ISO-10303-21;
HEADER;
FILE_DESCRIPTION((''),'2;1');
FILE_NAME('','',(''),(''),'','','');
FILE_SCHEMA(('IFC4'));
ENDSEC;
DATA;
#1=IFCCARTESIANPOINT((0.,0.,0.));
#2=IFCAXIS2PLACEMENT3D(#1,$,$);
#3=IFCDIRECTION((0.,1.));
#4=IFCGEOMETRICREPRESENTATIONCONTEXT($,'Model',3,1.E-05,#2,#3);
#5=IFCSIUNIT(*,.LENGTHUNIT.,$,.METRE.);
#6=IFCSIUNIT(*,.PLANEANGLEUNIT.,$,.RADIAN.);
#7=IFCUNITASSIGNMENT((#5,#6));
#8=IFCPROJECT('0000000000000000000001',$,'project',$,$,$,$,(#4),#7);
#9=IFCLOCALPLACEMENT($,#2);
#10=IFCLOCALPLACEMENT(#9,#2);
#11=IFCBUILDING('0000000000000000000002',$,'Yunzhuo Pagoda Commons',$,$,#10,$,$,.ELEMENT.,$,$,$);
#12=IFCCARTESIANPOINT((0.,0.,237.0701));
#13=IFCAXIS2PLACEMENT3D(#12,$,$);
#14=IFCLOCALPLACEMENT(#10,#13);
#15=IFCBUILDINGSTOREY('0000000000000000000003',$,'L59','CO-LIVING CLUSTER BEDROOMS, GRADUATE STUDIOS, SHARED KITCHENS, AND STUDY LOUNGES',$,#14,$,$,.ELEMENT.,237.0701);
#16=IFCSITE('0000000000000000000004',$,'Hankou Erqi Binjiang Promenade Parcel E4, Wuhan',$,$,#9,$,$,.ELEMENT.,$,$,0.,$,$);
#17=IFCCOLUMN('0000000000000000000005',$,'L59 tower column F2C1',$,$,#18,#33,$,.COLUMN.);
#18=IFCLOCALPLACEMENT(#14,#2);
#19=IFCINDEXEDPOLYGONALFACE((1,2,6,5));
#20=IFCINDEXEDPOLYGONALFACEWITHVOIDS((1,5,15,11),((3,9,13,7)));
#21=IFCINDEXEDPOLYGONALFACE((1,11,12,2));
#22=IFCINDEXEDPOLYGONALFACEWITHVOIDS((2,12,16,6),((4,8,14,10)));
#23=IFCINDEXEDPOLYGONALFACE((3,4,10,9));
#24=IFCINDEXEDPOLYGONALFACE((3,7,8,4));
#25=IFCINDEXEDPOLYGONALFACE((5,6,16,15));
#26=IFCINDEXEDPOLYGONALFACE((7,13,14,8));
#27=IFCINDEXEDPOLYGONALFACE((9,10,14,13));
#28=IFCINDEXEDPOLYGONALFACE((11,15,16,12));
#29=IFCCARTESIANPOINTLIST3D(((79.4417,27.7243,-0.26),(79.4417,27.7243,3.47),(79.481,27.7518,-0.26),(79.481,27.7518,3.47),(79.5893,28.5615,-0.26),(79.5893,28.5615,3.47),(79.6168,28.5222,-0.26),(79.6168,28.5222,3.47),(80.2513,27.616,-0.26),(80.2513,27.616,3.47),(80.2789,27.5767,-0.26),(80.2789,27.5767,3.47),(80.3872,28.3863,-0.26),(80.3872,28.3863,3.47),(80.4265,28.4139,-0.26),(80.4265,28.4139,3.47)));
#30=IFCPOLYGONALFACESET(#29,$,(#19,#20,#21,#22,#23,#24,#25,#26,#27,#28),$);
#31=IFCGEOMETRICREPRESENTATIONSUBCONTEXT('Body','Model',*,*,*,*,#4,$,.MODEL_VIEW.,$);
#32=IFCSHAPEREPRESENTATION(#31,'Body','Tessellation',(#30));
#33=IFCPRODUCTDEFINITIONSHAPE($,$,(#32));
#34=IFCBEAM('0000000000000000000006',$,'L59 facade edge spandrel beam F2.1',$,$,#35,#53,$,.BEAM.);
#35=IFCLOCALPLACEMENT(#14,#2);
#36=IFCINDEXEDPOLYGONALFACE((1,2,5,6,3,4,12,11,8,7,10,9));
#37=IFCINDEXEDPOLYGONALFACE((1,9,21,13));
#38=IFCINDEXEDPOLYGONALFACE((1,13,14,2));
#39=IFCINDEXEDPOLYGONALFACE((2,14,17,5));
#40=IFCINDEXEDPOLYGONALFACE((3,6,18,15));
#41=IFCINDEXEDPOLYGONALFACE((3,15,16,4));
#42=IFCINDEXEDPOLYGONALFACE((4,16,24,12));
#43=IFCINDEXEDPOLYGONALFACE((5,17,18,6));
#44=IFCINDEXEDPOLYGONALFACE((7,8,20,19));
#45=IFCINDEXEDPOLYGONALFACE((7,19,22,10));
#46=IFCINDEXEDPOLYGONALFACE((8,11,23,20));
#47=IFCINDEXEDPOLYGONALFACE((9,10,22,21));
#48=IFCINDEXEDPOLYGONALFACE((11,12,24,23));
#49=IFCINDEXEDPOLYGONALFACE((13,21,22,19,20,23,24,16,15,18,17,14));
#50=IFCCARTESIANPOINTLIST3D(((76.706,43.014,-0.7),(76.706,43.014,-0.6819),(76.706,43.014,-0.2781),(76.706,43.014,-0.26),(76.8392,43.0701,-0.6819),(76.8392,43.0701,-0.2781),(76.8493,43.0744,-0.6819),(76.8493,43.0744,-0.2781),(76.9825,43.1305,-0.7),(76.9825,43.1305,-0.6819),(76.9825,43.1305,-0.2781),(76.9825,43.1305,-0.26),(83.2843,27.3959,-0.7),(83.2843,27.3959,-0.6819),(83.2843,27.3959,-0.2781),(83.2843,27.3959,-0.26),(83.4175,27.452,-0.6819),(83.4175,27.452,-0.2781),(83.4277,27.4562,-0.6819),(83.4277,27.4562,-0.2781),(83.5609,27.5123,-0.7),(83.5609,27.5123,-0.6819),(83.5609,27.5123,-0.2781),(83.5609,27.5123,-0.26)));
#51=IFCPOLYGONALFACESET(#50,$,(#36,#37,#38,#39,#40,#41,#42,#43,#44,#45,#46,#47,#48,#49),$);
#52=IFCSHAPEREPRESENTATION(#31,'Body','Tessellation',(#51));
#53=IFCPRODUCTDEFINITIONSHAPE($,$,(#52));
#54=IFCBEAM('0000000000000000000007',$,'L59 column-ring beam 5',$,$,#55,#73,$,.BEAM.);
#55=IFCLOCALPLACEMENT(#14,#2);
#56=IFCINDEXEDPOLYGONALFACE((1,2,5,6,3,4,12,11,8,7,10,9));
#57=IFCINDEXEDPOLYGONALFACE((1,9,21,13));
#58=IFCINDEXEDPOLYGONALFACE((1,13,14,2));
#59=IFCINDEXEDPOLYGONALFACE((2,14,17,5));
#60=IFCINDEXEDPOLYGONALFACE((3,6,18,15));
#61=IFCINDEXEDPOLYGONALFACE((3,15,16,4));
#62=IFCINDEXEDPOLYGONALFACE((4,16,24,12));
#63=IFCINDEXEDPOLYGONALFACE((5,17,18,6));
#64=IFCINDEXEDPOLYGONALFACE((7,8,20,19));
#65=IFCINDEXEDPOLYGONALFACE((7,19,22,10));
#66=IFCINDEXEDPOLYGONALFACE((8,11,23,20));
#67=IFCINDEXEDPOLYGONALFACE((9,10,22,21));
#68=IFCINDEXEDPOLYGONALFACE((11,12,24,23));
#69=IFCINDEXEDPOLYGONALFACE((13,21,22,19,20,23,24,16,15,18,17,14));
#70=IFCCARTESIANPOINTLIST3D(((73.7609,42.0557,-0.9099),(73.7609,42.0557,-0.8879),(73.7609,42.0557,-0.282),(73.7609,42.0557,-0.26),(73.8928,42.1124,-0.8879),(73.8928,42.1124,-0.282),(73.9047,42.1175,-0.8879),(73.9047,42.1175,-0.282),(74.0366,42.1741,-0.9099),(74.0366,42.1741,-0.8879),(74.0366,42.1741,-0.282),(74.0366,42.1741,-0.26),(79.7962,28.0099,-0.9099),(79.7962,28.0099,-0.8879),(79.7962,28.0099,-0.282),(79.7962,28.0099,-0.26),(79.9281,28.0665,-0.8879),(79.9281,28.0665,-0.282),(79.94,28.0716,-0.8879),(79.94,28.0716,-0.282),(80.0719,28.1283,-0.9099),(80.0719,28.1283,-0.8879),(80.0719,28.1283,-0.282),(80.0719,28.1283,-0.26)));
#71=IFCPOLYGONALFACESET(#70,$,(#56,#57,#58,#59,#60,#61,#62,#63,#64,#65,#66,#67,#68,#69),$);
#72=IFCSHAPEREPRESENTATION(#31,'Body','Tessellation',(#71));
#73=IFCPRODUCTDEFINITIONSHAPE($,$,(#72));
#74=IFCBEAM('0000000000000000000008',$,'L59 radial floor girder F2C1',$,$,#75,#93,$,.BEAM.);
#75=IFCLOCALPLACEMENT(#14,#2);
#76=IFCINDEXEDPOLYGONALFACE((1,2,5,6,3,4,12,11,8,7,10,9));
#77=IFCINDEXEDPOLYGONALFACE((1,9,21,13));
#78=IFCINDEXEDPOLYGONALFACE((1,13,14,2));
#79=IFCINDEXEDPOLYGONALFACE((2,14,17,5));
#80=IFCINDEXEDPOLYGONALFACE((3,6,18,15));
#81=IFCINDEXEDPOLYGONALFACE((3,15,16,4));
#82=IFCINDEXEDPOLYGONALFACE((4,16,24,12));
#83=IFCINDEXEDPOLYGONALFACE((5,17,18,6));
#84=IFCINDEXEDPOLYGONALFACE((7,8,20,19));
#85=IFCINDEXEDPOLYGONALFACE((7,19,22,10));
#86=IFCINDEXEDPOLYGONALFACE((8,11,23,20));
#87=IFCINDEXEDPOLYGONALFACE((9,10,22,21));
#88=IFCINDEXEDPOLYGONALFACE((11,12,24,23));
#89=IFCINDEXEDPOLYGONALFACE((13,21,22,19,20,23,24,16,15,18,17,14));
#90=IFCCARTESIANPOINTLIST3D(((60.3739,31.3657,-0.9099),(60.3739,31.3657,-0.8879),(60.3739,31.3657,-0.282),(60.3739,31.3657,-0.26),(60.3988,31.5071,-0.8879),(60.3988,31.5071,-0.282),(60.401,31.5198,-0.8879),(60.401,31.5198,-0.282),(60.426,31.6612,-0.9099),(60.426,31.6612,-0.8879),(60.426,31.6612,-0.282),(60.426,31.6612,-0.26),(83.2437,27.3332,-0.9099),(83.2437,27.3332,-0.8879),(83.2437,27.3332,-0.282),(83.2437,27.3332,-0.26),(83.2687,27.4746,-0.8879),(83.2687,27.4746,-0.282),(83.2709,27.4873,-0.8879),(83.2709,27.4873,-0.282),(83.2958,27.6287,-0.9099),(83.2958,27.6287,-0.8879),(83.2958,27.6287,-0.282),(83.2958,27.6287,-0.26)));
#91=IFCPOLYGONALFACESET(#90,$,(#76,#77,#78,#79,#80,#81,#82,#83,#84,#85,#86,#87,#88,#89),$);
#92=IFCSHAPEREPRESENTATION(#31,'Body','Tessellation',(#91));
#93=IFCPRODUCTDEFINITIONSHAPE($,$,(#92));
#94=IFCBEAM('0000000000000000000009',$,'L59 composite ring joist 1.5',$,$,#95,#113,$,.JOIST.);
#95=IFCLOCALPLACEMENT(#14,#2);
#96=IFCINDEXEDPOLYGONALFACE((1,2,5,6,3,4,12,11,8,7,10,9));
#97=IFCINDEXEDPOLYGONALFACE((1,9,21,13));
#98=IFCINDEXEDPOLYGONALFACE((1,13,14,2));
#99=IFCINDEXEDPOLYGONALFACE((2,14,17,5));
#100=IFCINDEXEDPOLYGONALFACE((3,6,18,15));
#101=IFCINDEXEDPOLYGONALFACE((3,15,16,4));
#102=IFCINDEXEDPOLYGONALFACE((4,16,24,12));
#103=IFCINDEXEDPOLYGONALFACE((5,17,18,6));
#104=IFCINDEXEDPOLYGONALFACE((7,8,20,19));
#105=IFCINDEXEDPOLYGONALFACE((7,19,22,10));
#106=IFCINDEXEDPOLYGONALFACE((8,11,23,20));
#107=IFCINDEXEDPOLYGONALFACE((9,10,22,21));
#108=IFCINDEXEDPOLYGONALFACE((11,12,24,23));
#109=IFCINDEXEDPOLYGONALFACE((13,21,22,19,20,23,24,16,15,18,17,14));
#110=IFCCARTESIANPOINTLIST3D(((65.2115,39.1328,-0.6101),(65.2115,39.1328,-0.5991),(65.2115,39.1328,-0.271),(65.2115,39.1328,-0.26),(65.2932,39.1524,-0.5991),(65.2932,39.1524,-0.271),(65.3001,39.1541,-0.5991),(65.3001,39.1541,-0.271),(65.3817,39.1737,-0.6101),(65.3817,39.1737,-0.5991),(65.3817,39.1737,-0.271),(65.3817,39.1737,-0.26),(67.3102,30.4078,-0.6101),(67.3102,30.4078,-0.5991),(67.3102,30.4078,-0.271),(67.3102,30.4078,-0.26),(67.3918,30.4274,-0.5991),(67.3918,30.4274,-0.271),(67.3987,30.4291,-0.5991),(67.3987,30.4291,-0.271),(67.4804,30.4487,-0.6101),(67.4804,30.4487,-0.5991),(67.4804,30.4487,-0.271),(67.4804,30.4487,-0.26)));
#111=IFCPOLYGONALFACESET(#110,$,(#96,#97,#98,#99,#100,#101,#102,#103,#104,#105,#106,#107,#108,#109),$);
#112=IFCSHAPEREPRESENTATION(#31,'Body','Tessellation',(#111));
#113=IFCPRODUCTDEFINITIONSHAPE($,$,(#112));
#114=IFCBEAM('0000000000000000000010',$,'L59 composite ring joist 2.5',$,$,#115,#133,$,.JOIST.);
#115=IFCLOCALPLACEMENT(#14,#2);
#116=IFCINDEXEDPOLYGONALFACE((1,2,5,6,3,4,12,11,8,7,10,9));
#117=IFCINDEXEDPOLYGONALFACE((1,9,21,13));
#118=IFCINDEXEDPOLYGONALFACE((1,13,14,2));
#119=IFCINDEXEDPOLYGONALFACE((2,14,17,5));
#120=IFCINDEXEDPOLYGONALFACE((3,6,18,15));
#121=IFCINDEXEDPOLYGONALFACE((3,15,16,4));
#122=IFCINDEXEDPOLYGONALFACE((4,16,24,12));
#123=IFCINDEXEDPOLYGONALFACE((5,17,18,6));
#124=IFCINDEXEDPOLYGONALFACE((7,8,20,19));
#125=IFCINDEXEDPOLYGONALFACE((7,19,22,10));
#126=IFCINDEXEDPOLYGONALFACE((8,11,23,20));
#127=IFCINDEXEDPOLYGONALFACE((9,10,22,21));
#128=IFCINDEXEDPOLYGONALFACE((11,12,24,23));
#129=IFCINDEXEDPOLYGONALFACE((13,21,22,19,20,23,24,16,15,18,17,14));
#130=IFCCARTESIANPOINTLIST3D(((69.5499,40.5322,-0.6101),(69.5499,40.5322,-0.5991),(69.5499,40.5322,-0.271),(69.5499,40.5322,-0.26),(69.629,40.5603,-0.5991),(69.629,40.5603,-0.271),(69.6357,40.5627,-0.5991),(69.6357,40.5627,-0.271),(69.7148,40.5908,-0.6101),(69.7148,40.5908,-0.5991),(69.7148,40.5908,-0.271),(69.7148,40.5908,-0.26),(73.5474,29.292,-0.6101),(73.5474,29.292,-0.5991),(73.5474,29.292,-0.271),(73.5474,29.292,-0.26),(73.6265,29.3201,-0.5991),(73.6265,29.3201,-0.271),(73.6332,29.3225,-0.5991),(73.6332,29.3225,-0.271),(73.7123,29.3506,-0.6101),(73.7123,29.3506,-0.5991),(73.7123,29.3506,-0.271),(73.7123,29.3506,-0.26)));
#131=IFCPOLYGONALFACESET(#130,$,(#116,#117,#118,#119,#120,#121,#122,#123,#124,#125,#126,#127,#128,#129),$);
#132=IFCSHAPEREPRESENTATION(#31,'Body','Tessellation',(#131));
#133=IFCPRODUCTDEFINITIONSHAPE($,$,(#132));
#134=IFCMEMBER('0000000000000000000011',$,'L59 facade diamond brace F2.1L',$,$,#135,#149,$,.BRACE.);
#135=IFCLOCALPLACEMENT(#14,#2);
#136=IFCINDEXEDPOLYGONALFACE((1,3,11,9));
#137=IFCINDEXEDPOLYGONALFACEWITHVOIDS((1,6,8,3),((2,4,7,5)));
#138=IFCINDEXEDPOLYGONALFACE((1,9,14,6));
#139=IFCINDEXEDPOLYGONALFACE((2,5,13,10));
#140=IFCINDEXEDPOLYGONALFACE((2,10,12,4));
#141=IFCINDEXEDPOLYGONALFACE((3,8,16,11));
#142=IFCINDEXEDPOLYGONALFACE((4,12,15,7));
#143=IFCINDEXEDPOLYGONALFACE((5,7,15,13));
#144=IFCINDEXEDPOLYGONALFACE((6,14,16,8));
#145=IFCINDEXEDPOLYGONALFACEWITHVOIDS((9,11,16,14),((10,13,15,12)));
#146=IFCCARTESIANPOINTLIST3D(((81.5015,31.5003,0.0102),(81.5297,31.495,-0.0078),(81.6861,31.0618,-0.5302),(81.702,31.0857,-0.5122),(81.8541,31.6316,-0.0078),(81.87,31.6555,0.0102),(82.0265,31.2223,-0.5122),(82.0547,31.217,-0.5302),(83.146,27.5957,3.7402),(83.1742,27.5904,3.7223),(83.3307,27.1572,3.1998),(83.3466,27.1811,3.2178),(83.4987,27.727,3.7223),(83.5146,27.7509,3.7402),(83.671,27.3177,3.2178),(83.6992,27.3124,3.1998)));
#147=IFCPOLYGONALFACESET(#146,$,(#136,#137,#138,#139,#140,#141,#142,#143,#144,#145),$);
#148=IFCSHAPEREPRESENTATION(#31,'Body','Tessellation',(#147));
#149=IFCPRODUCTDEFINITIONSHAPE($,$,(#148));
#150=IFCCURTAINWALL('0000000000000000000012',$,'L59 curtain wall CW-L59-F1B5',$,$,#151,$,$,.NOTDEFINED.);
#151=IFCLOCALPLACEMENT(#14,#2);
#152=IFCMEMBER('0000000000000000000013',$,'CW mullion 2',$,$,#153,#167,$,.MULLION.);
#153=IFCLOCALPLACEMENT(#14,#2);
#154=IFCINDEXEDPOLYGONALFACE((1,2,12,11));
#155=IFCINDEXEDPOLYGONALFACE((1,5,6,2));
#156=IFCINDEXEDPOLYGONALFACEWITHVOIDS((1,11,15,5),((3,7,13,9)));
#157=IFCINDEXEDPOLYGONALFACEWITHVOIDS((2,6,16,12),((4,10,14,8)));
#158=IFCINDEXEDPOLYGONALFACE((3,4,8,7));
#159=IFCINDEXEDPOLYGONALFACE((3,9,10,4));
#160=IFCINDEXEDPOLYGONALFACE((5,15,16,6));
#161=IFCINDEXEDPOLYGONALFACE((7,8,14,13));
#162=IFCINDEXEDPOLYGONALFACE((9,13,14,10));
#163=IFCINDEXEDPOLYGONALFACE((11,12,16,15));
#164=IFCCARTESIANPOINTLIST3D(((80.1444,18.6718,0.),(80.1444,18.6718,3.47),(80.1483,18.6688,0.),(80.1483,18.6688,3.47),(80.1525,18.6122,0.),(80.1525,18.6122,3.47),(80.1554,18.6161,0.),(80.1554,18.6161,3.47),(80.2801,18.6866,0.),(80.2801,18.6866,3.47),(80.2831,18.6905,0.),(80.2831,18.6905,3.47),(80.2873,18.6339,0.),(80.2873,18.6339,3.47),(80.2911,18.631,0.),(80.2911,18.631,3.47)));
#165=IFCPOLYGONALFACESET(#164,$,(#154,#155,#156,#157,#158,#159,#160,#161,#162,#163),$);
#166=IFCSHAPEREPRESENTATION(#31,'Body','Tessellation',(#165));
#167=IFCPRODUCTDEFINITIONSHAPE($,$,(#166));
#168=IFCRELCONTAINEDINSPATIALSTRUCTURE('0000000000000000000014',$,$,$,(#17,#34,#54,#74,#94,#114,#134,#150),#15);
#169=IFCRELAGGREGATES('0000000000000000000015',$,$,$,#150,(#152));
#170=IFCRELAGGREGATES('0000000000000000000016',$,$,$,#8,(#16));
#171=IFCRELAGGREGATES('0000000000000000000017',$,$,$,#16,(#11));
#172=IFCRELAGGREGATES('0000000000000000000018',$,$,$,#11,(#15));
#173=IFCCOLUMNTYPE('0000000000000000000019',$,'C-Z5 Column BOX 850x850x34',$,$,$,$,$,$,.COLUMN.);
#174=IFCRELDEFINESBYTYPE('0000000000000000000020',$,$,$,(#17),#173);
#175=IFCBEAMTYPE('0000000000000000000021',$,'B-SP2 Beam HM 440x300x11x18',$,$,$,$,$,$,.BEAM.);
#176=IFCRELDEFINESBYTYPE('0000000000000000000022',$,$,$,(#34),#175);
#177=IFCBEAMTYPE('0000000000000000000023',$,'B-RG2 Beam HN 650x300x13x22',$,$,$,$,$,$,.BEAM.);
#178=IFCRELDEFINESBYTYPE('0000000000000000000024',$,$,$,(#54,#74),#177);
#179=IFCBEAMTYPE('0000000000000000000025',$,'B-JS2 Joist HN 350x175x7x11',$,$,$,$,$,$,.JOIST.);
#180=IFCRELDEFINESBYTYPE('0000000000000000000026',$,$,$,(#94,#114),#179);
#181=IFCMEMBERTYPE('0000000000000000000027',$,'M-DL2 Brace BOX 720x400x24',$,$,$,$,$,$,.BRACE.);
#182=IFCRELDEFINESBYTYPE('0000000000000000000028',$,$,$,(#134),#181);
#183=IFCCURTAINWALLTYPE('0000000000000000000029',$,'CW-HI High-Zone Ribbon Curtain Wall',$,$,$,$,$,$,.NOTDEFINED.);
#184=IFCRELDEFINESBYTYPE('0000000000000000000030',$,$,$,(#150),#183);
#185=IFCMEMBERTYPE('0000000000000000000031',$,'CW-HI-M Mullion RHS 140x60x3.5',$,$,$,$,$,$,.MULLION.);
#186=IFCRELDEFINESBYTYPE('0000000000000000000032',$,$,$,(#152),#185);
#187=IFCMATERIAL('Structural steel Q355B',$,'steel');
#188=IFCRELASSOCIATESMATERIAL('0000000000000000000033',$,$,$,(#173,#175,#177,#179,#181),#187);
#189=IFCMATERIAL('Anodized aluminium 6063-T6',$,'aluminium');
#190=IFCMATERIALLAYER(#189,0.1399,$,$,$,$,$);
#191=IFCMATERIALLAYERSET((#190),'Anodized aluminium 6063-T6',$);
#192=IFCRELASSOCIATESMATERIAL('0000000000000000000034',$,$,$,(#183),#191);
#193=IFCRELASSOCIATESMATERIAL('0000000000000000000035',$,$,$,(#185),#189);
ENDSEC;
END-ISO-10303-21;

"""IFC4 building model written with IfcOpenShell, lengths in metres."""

from ifc_helpers import new_model, si_unit, direction, frame, origin, origin_2d, place, context, subcontext, project, spatial, hollow_rectangle, i_section, extrude, source, transform, mapped, material, layer, layer_set, material_profile, profile_set, type_object, element, aggregate, save


model = new_model("IFC4")

# Units and contexts
model_context = context("Model", 3, precision=1e-05, world=origin(), true_north=direction((0.0, 1.0)))
body_context = subcontext(model_context, "Body", "Model", "MODEL_VIEW")
ifc_project = project(units=[si_unit("LENGTHUNIT", "METRE"), si_unit("PLANEANGLEUNIT", "RADIAN")], contexts=[model_context])

# Site, building, storey
site_placement = place(None, origin())
site = spatial("IfcSite", under=ifc_project, at=site_placement, Name="Hankou Erqi Binjiang Promenade Parcel E4, Wuhan", CompositionType="ELEMENT", RefElevation=0.0)
building_placement = place(site_placement, origin())
building = spatial("IfcBuilding", under=site, at=building_placement, Name="Yunzhuo Pagoda Commons", CompositionType="ELEMENT")
storey_placement = place(building_placement, frame((0.0, 0.0, 237.0701)))
storey = spatial("IfcBuildingStorey", under=building, at=storey_placement, Name="L59", Description="CO-LIVING CLUSTER BEDROOMS, GRADUATE STUDIOS, SHARED KITCHENS, AND STUDY LOUNGES", CompositionType="ELEMENT", Elevation=237.0701)

# Column
ifc_material_1 = material(Name="Structural steel Q355B", Category="steel")
ifc_material_profile_1 = material_profile(ifc_material_1, hollow_rectangle(XDim=0.8501, YDim=0.8501, WallThickness=0.0339, at=origin_2d()), Name="Structural steel Q355B")
ifc_profile_set_1 = profile_set([ifc_material_profile_1], Name="Structural steel Q355B")
column_type = type_object("IfcColumnType", Name="C-Z5 Column BOX 850x850x34", PredefinedType="COLUMN", material=ifc_profile_set_1)
shared_shape_1 = source(origin(), body_context, "Body", "SweptSolid", [
    extrude(hollow_rectangle(XDim=0.8501, YDim=0.8501, WallThickness=0.0339, at=origin_2d()), origin(), (0.0, 0.0, 1.0), 3.73),
])
column_placement = place(storey_placement, frame((79.9341, 28.0691, -0.26), z_axis=(0.0, 0.0, 1.0), x_axis=(0.173648, 0.984808, 0.0)))
element("IfcColumn", 1, at=column_placement, inside=storey, type_object=column_type, Name="L59 tower column F2C1", PredefinedType="COLUMN", context=body_context, shape_type="MappedRepresentation", body=[
    mapped(shared_shape_1, transform((0.0, 0.0, 0.0), scale=1.0)),
])

# Beams
ifc_material_profile_2 = material_profile(ifc_material_1, i_section(OverallWidth=0.3, OverallDepth=0.4399, WebThickness=0.011, FlangeThickness=0.0181, at=origin_2d()), Name="Structural steel Q355B")
ifc_profile_set_2 = profile_set([ifc_material_profile_2], Name="Structural steel Q355B")
beam_type_1 = type_object("IfcBeamType", Name="B-SP2 Beam HM 440x300x11x18", PredefinedType="BEAM", material=ifc_profile_set_2)
shared_shape_2 = source(origin(), body_context, "Body", "SweptSolid", [
    extrude(i_section(OverallWidth=0.3, OverallDepth=0.4399, WebThickness=0.011, FlangeThickness=0.0181, at=origin_2d()), origin(), (0.0, 0.0, 1.0), 16.947),
])
beam_1_placement = place(storey_placement, frame((83.4226, 27.4541, -0.48), z_axis=(-0.388172, 0.921587, 0.0), x_axis=(-0.921587, -0.388172, 0.0)))
element("IfcBeam", 2, at=beam_1_placement, inside=storey, type_object=beam_type_1, Name="L59 facade edge spandrel beam F2.1", PredefinedType="BEAM", context=body_context, shape_type="MappedRepresentation", body=[
    mapped(shared_shape_2, transform((0.0, 0.0, 0.0), scale=1.0)),
])
ifc_material_profile_3 = material_profile(ifc_material_1, i_section(OverallWidth=0.3, OverallDepth=0.6499, WebThickness=0.0129, FlangeThickness=0.022, at=origin_2d()), Name="Structural steel Q355B")
ifc_profile_set_3 = profile_set([ifc_material_profile_3], Name="Structural steel Q355B")
beam_type_2 = type_object("IfcBeamType", Name="B-RG2 Beam HN 650x300x13x22", PredefinedType="BEAM", material=ifc_profile_set_3)
shared_shape_3 = source(origin(), body_context, "Body", "SweptSolid", [
    extrude(i_section(OverallWidth=0.3, OverallDepth=0.6499, WebThickness=0.0129, FlangeThickness=0.022, at=origin_2d()), origin(), (0.0, 0.0, 1.0), 15.2876),
])
beam_2_placement = place(storey_placement, frame((79.9341, 28.0691, -0.585), z_axis=(-0.394788, 0.918772, 0.0), x_axis=(-0.918772, -0.394788, 0.0)))
element("IfcBeam", 3, at=beam_2_placement, inside=storey, type_object=beam_type_2, Name="L59 column-ring beam 5", PredefinedType="BEAM", context=body_context, shape_type="MappedRepresentation", body=[
    mapped(shared_shape_3, transform((0.0, 0.0, 0.0), scale=1.0)),
])
shared_shape_4 = source(origin(), body_context, "Body", "SweptSolid", [
    extrude(i_section(OverallWidth=0.3, OverallDepth=0.6499, WebThickness=0.0129, FlangeThickness=0.022, at=origin_2d()), origin(), (0.0, 0.0, 1.0), 23.2227),
])
beam_3_placement = place(storey_placement, frame((83.2698, 27.481, -0.585), z_axis=(-0.984809, 0.173644, 0.0), x_axis=(-0.173644, -0.984809, 0.0)))
element("IfcBeam", 4, at=beam_3_placement, inside=storey, type_object=beam_type_2, Name="L59 radial floor girder F2C1", PredefinedType="BEAM", context=body_context, shape_type="MappedRepresentation", body=[
    mapped(shared_shape_4, transform((0.0, 0.0, 0.0), scale=1.0)),
])
ifc_material_profile_4 = material_profile(ifc_material_1, i_section(OverallWidth=0.175, OverallDepth=0.3501, WebThickness=0.0071, FlangeThickness=0.011, at=origin_2d()), Name="Structural steel Q355B")
ifc_profile_set_4 = profile_set([ifc_material_profile_4], Name="Structural steel Q355B")
beam_type_3 = type_object("IfcBeamType", Name="B-JS2 Joist HN 350x175x7x11", PredefinedType="JOIST", material=ifc_profile_set_4)
shared_shape_5 = source(origin(), body_context, "Body", "SweptSolid", [
    extrude(i_section(OverallWidth=0.175, OverallDepth=0.3501, WebThickness=0.0071, FlangeThickness=0.011, at=origin_2d()), origin(), (0.0, 0.0, 1.0), 8.9739),
])
beam_4_placement = place(storey_placement, frame((67.3953, 30.4282, -0.4351), z_axis=(-0.233859, 0.972271, 0.0), x_axis=(-0.972271, -0.233859, 0.0)))
element("IfcBeam", 5, at=beam_4_placement, inside=storey, type_object=beam_type_3, Name="L59 composite ring joist 1.5", PredefinedType="JOIST", context=body_context, shape_type="MappedRepresentation", body=[
    mapped(shared_shape_5, transform((0.0, 0.0, 0.0), scale=1.0)),
])
shared_shape_6 = source(origin(), body_context, "Body", "SweptSolid", [
    extrude(i_section(OverallWidth=0.175, OverallDepth=0.3501, WebThickness=0.0071, FlangeThickness=0.011, at=origin_2d()), origin(), (0.0, 0.0, 1.0), 11.9299),
])
beam_5_placement = place(storey_placement, frame((73.6299, 29.3213, -0.4351), z_axis=(-0.335086, 0.942187, 0.0), x_axis=(-0.942187, -0.335086, 0.0)))
element("IfcBeam", 6, at=beam_5_placement, inside=storey, type_object=beam_type_3, Name="L59 composite ring joist 2.5", PredefinedType="JOIST", context=body_context, shape_type="MappedRepresentation", body=[
    mapped(shared_shape_6, transform((0.0, 0.0, 0.0), scale=1.0)),
])

# Member
ifc_material_profile_5 = material_profile(ifc_material_1, hollow_rectangle(XDim=0.3999, YDim=0.72, WallThickness=0.0239, at=origin_2d()), Name="Structural steel Q355B")
ifc_profile_set_5 = profile_set([ifc_material_profile_5], Name="Structural steel Q355B")
member_type_1 = type_object("IfcMemberType", Name="M-DL2 Brace BOX 720x400x24", PredefinedType="BRACE", material=ifc_profile_set_5)
shared_shape_7 = source(origin(), body_context, "Body", "SweptSolid", [
    extrude(hollow_rectangle(XDim=0.3999, YDim=0.72, WallThickness=0.0239, at=origin_2d()), origin(), (0.0, 0.0, 1.0), 5.6448),
])
member_1_placement = place(storey_placement, frame((81.7781, 31.3586, -0.26), z_axis=(0.291341, -0.691718, 0.660793), x_axis=(0.921592, 0.38816, 0.0)))
element("IfcMember", 7, at=member_1_placement, inside=storey, type_object=member_type_1, Name="L59 facade diamond brace F2.1L", PredefinedType="BRACE", context=body_context, shape_type="MappedRepresentation", body=[
    mapped(shared_shape_7, transform((0.0, 0.0, 0.0), scale=1.0)),
])

# Curtain wall, member
ifc_material_2 = material(Name="Anodized aluminium 6063-T6", Category="aluminium")
ifc_layer_1 = layer(ifc_material_2, 0.1399)
ifc_layer_set_1 = layer_set([ifc_layer_1], Name="Anodized aluminium 6063-T6")
curtain_wall_type = type_object("IfcCurtainWallType", Name="CW-HI High-Zone Ribbon Curtain Wall", PredefinedType="NOTDEFINED", material=ifc_layer_set_1)
curtain_wall_1_placement = place(storey_placement, origin())
curtain_wall_1 = element("IfcCurtainWall", 8, at=curtain_wall_1_placement, inside=storey, type_object=curtain_wall_type, Name="L59 curtain wall CW-L59-F1B5", PredefinedType="NOTDEFINED")
ifc_material_profile_6 = material_profile(ifc_material_2, hollow_rectangle(XDim=0.0601, YDim=0.1399, WallThickness=0.0034, at=origin_2d()), Name="Anodized aluminium 6063-T6")
ifc_profile_set_6 = profile_set([ifc_material_profile_6], Name="Anodized aluminium 6063-T6")
member_type_2 = type_object("IfcMemberType", Name="CW-HI-M Mullion RHS 140x60x3.5", PredefinedType="MULLION", material=ifc_profile_set_6)
shared_shape_8 = source(origin(), body_context, "Body", "SweptSolid", [
    extrude(hollow_rectangle(XDim=0.0601, YDim=0.1399, WallThickness=0.0034, at=origin_2d()), origin(), (0.0, 0.0, 1.0), 3.47),
])
member_2_placement = place(storey_placement, frame((80.2178, 18.6514, 0.0), z_axis=(0.0, 0.0, 1.0), x_axis=(-0.13393, 0.990991, 0.0)))
member_2 = element("IfcMember", 9, at=member_2_placement, type_object=member_type_2, Name="CW mullion 2", PredefinedType="MULLION", context=body_context, shape_type="MappedRepresentation", body=[
    mapped(shared_shape_8, transform((0.0, 0.0, 0.0), scale=1.0)),
])

aggregate(curtain_wall_1, [member_2])

save(model, "model.ifc")
